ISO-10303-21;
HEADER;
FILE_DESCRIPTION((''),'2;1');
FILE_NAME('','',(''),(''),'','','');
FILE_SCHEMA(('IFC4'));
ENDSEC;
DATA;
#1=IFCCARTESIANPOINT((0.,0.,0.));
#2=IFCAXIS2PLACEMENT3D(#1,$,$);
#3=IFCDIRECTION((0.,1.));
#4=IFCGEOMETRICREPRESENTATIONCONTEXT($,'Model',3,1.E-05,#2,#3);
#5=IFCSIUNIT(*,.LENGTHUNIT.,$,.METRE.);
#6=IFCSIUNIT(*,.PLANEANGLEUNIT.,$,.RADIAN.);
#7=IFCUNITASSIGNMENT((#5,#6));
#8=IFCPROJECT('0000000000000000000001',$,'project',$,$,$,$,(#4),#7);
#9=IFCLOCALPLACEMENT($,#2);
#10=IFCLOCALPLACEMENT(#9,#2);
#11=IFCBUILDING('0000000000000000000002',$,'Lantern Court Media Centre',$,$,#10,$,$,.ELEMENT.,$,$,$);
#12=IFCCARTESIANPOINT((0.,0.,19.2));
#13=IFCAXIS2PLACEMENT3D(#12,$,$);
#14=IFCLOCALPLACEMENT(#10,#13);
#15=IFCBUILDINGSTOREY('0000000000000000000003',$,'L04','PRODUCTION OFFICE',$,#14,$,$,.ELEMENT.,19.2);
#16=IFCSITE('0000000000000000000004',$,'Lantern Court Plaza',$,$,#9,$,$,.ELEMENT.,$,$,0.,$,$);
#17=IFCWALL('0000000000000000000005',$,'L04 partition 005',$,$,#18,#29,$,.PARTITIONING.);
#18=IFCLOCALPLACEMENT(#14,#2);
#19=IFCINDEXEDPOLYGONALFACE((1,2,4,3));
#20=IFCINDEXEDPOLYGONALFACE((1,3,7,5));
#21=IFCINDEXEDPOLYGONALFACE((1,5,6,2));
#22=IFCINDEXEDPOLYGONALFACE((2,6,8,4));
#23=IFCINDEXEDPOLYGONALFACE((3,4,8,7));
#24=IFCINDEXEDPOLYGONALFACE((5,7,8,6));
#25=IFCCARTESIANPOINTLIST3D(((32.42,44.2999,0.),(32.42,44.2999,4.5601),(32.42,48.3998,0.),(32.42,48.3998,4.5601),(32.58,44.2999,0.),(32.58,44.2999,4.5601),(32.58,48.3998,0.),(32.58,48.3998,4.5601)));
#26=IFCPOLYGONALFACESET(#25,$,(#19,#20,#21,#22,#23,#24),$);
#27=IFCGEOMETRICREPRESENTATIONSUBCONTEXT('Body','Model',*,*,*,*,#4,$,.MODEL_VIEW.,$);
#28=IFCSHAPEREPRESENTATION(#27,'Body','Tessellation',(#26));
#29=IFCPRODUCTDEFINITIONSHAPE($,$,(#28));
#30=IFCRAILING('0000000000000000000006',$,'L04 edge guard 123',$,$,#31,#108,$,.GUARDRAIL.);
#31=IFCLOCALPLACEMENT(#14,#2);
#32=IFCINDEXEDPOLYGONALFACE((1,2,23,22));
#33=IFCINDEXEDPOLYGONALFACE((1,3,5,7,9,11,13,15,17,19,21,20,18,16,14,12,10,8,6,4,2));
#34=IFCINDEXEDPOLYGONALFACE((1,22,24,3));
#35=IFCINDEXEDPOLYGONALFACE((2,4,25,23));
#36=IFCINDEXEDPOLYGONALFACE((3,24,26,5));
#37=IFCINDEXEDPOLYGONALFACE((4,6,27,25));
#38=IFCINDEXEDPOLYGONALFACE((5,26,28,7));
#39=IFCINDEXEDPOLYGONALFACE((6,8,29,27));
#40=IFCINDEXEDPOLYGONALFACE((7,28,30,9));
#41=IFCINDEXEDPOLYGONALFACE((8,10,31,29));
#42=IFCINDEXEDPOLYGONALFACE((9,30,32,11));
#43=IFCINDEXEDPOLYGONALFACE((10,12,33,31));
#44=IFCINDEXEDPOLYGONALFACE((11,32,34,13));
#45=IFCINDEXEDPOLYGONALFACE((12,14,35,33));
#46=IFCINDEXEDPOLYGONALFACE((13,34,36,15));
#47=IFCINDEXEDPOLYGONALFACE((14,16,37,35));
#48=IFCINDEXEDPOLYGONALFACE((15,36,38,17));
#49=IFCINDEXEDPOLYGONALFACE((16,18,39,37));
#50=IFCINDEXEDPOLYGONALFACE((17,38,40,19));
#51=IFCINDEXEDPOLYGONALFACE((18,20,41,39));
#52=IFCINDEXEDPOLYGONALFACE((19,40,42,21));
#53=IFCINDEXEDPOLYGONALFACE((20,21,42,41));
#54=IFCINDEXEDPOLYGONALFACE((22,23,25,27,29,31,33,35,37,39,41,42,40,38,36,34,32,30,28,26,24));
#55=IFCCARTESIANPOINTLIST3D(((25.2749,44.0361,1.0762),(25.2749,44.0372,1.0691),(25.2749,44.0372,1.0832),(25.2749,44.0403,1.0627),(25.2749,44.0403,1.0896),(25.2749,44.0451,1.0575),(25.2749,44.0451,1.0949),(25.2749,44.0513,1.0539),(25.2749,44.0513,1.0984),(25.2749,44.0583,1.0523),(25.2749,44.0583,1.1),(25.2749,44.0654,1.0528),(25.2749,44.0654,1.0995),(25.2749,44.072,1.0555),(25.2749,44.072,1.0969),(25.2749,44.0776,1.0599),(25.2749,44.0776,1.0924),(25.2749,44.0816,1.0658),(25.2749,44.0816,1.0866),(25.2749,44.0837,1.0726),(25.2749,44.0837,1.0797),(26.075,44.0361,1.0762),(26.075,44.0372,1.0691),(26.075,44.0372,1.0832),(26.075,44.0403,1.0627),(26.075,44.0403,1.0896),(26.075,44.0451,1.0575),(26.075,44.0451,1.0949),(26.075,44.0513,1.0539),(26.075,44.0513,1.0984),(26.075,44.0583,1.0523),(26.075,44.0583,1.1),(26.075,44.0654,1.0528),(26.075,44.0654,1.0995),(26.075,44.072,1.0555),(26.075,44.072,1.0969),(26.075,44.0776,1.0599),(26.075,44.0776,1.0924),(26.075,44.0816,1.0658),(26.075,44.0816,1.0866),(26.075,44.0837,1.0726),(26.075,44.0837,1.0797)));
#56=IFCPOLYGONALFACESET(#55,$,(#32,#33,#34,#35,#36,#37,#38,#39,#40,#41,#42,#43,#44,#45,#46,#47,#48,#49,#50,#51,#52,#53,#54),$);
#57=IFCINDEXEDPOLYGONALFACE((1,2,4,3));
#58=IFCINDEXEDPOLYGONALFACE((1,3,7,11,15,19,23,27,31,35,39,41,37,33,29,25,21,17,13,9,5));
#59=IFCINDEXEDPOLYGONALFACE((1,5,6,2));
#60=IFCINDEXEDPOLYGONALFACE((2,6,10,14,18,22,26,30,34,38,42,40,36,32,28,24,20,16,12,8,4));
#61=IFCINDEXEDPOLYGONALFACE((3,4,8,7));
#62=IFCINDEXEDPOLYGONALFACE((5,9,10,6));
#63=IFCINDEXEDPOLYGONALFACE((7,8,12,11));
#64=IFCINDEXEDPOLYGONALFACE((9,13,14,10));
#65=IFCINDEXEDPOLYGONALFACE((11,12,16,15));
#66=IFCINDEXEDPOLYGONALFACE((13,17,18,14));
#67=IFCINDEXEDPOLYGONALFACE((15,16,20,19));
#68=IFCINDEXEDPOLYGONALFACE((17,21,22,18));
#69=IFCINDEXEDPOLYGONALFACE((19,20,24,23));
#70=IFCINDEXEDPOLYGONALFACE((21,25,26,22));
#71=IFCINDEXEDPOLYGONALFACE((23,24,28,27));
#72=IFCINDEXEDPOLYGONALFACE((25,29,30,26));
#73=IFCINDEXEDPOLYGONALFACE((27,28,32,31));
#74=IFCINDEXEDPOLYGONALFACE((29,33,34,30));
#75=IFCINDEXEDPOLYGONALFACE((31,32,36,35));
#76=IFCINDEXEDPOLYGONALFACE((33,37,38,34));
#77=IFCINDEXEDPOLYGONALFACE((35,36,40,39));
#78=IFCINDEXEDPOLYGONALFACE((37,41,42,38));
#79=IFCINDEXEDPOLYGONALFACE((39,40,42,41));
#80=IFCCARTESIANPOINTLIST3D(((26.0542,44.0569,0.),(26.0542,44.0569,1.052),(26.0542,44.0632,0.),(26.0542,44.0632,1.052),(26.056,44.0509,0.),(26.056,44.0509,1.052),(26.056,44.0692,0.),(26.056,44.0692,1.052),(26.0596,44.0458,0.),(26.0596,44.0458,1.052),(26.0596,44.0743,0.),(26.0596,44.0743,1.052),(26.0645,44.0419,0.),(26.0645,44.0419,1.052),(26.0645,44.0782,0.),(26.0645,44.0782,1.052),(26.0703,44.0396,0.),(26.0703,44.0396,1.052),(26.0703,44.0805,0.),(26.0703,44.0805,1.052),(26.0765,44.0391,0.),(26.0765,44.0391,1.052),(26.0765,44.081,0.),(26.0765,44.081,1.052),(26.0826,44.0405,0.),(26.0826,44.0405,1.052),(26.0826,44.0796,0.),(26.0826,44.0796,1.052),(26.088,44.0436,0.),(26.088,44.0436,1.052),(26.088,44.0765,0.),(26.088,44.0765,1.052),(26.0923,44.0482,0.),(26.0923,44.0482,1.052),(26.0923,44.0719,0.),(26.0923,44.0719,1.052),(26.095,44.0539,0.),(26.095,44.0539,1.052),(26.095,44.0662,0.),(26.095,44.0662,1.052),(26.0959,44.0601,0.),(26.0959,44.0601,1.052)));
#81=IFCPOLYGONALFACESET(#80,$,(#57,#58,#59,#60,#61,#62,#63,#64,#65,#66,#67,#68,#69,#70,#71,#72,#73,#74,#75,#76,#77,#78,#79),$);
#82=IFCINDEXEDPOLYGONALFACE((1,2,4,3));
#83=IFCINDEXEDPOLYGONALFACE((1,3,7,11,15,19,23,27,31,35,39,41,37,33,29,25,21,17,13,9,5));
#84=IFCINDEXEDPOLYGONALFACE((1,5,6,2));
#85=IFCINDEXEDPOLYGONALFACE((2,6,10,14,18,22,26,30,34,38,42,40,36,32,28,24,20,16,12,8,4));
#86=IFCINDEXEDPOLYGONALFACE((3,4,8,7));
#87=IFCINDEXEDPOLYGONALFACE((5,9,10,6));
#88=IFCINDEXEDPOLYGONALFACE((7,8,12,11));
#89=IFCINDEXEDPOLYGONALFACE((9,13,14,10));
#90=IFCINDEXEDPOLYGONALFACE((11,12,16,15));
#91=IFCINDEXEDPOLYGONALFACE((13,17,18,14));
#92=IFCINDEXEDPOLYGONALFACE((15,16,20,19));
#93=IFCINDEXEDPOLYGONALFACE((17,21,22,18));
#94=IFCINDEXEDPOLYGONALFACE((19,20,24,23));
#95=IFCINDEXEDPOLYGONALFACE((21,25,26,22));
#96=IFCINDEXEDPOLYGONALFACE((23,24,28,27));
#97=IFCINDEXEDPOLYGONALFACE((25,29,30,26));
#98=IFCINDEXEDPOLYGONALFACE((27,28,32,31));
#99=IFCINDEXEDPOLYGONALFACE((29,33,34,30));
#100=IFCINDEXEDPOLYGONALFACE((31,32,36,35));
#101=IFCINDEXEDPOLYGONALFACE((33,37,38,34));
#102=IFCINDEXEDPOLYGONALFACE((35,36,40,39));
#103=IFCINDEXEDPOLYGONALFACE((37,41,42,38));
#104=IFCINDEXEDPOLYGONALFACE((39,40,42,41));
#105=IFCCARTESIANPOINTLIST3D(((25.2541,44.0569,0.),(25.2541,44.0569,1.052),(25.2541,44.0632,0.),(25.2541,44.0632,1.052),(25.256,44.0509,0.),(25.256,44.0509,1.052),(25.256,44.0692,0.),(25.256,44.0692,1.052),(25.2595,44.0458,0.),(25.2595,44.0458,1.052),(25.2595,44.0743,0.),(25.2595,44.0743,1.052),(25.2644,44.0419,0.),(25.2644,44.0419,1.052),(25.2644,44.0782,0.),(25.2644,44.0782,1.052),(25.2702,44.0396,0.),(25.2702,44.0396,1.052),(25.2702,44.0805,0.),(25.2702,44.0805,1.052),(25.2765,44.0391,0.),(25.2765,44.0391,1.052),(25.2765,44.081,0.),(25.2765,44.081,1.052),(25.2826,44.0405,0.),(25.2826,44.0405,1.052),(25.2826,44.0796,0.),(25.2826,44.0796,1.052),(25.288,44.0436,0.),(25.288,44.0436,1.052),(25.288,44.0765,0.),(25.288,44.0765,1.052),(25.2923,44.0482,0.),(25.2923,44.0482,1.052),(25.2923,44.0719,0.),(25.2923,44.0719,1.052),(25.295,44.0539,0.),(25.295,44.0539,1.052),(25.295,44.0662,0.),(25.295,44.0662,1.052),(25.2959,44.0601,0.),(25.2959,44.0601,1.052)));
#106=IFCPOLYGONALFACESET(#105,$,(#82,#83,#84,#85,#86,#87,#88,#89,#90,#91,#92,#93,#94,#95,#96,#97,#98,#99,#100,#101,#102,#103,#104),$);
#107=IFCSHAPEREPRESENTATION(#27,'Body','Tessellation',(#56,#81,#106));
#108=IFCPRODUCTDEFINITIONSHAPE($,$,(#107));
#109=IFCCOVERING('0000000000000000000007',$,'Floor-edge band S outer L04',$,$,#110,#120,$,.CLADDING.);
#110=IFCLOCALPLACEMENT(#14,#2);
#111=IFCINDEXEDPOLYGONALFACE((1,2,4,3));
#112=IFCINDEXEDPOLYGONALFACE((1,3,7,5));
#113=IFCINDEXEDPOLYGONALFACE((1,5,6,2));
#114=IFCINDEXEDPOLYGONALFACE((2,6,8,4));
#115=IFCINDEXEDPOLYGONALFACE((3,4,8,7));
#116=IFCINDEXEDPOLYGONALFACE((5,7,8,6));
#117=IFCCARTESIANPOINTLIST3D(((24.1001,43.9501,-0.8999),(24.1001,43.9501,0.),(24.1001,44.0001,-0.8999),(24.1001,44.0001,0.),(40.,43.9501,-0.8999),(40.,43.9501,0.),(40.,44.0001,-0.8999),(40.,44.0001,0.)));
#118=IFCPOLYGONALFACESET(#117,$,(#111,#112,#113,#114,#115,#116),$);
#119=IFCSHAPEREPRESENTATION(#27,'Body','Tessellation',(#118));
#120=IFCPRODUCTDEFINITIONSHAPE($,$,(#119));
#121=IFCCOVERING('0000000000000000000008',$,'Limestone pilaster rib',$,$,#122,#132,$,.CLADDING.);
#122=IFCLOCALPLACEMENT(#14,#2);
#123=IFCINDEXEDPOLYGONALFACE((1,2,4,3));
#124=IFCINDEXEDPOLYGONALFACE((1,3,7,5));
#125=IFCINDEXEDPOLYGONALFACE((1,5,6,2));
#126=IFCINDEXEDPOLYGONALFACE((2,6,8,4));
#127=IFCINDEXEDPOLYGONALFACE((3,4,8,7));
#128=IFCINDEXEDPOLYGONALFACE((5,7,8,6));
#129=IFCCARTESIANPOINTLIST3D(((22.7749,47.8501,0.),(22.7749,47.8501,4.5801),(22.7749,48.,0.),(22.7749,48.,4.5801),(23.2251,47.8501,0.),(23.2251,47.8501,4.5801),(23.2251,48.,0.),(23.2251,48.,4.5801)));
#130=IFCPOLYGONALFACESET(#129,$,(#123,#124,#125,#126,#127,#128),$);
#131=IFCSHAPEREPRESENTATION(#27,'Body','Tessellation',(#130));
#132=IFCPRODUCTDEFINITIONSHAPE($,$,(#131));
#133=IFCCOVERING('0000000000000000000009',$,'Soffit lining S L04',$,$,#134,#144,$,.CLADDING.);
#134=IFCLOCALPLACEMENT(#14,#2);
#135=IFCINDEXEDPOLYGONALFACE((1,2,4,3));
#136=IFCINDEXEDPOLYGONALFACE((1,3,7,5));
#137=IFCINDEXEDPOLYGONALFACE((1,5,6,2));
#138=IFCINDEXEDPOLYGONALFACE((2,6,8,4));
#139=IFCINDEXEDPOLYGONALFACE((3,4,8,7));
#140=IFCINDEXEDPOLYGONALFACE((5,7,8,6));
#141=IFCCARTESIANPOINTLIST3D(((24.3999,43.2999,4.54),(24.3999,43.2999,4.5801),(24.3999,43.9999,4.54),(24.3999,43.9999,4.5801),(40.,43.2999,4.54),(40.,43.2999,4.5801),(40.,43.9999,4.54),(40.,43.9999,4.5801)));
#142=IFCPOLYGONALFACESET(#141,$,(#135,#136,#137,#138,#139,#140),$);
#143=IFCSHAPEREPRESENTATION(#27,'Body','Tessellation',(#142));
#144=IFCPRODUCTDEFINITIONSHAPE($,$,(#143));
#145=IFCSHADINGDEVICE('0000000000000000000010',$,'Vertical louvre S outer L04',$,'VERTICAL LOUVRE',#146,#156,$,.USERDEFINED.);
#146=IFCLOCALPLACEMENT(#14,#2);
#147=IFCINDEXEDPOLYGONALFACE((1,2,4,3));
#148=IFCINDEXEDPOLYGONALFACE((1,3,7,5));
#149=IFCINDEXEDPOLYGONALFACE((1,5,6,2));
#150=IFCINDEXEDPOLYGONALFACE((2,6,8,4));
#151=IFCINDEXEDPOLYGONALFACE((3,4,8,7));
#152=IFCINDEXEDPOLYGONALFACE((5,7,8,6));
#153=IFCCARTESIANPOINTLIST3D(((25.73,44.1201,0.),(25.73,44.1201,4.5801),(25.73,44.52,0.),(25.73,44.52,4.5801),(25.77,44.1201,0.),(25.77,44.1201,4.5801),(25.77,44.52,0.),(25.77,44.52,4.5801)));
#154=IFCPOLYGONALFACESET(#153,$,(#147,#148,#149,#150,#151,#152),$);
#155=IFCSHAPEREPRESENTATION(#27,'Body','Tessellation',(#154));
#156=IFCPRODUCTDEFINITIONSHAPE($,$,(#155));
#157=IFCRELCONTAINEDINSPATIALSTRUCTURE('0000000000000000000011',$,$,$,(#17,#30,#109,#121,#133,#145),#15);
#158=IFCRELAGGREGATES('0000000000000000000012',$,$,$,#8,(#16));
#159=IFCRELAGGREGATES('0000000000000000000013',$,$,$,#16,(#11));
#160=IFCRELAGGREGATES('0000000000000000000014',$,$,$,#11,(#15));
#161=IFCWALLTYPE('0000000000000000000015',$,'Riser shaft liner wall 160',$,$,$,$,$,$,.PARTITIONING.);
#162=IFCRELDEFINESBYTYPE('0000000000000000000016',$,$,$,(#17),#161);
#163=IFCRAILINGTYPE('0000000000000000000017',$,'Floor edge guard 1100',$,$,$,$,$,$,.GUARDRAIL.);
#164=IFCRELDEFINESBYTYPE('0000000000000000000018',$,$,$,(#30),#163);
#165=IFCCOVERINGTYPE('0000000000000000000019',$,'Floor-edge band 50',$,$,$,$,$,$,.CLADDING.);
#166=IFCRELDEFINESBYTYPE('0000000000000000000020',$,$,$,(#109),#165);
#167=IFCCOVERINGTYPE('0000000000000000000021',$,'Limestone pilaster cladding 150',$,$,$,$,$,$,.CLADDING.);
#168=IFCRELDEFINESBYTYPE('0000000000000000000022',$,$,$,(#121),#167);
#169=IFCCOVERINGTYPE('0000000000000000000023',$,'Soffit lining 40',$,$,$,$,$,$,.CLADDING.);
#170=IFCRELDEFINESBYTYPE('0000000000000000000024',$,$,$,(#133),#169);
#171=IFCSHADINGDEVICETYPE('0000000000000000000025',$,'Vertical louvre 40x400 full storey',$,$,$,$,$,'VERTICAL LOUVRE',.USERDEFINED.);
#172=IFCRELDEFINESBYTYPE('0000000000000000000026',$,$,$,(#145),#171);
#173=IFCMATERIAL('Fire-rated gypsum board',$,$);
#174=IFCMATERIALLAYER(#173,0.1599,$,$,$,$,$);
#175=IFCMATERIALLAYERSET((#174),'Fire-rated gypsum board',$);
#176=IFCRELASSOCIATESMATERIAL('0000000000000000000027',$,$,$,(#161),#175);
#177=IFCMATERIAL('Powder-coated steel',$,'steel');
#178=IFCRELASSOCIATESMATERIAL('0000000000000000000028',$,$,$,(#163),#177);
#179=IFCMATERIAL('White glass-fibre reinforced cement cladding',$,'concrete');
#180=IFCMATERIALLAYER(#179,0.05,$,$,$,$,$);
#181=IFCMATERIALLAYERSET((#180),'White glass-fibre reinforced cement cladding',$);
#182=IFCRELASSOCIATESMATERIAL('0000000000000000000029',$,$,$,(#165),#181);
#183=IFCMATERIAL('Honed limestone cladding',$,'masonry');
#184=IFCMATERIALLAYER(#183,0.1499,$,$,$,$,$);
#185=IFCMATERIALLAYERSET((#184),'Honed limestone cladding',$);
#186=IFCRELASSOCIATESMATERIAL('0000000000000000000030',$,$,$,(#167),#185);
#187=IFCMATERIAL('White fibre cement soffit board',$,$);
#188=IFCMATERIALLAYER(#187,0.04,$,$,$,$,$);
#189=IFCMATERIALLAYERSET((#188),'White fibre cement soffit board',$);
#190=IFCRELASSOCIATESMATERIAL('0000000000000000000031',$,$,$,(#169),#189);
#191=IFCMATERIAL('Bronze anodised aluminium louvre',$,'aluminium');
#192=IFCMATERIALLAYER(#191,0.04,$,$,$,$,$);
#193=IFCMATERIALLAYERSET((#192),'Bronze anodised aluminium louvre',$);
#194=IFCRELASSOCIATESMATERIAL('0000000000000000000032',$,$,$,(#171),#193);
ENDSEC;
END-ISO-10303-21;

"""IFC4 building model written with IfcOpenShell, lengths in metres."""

from ifc_helpers import new_model, si_unit, direction, frame, frame_2d, origin, origin_2d, place, context, subcontext, project, spatial, rectangle, circle, extrude, material, layer, layer_set, type_object, element, save


model = new_model("IFC4")

# Units and contexts
model_context = context("Model", 3, precision=1e-05, world=origin(), true_north=direction((0.0, 1.0)))
body_context = subcontext(model_context, "Body", "Model", "MODEL_VIEW")
ifc_project = project(units=[si_unit("LENGTHUNIT", "METRE"), si_unit("PLANEANGLEUNIT", "RADIAN")], contexts=[model_context])

# Site, building, storey
site_placement = place(None, origin())
site = spatial("IfcSite", under=ifc_project, at=site_placement, Name="Lantern Court Plaza", CompositionType="ELEMENT", RefElevation=0.0)
building_placement = place(site_placement, origin())
building = spatial("IfcBuilding", under=site, at=building_placement, Name="Lantern Court Media Centre", CompositionType="ELEMENT")
storey_placement = place(building_placement, frame((0.0, 0.0, 19.2)))
storey = spatial("IfcBuildingStorey", under=building, at=storey_placement, Name="L04", Description="PRODUCTION OFFICE", CompositionType="ELEMENT", Elevation=19.2)

# Shared definitions
ifc_material_1 = material(Name="Fire-rated gypsum board")
ifc_layer_1 = layer(ifc_material_1, 0.1599)
ifc_layer_set_1 = layer_set([ifc_layer_1], Name="Fire-rated gypsum board")
wall_type_1 = type_object("IfcWallType", Name="Riser shaft liner wall 160", PredefinedType="PARTITIONING", material=ifc_layer_set_1)

# Wall
wall_1_placement = place(storey_placement, frame((32.5, 44.3, 0.0), z_axis=(0.0, 0.0, 1.0), x_axis=(0.0, 1.0, 0.0)))
element("IfcWall", 1, at=wall_1_placement, inside=storey, type_object=wall_type_1, Name="L04 partition 005", PredefinedType="PARTITIONING", context=body_context, shape_type="SweptSolid", body=[
    extrude(rectangle(XDim=4.0999, YDim=0.1599, at=frame_2d((2.0498, 0.0))), origin(), (0.0, 0.0, 1.0), 4.5601),
])

# Railing
ifc_material_2 = material(Name="Powder-coated steel", Category="steel")
railing_type = type_object("IfcRailingType", Name="Floor edge guard 1100", PredefinedType="GUARDRAIL", material=ifc_material_2)
railing_placement = place(storey_placement, frame((26.075, 44.0601, 0.0)))
element("IfcRailing", 2, at=railing_placement, inside=storey, type_object=railing_type, Name="L04 edge guard 123", PredefinedType="GUARDRAIL", context=body_context, shape_type="SweptSolid", body=[
    extrude(circle(Radius=0.0239, at=origin_2d()), frame((0.0, 0.0, 1.0762), z_axis=(-1.0, 0.0, 0.0), x_axis=(0.0, -1.0, 0.0)), (0.0, 0.0, 1.0), 0.8),
    extrude(circle(Radius=0.021, at=origin_2d()), origin(), (0.0, 0.0, 1.0), 1.052),
    extrude(circle(Radius=0.021, at=origin_2d()), frame((-0.8, 0.0, 0.0)), (0.0, 0.0, 1.0), 1.052),
])

# Coverings
ifc_material_3 = material(Name="White glass-fibre reinforced cement cladding", Category="concrete")
ifc_layer_2 = layer(ifc_material_3, 0.05)
ifc_layer_set_2 = layer_set([ifc_layer_2], Name="White glass-fibre reinforced cement cladding")
covering_type_1 = type_object("IfcCoveringType", Name="Floor-edge band 50", PredefinedType="CLADDING", material=ifc_layer_set_2)
covering_1_placement = place(storey_placement, frame((24.1001, 43.9751, -0.8999), z_axis=(0.0, 0.0, 1.0), x_axis=(1.0, 0.0, 0.0)))
element("IfcCovering", 3, at=covering_1_placement, inside=storey, type_object=covering_type_1, Name="Floor-edge band S outer L04", PredefinedType="CLADDING", context=body_context, shape_type="SweptSolid", body=[
    extrude(rectangle(XDim=15.8999, YDim=0.05, at=frame_2d((7.95, 0.0))), origin(), (0.0, 0.0, 1.0), 0.8999),
])
ifc_material_4 = material(Name="Honed limestone cladding", Category="masonry")
ifc_layer_3 = layer(ifc_material_4, 0.1499)
ifc_layer_set_3 = layer_set([ifc_layer_3], Name="Honed limestone cladding")
covering_type_2 = type_object("IfcCoveringType", Name="Limestone pilaster cladding 150", PredefinedType="CLADDING", material=ifc_layer_set_3)
covering_2_placement = place(storey_placement, frame((22.7749, 47.925, 0.0), z_axis=(0.0, 0.0, 1.0), x_axis=(1.0, 0.0, 0.0)))
element("IfcCovering", 4, at=covering_2_placement, inside=storey, type_object=covering_type_2, Name="Limestone pilaster rib", PredefinedType="CLADDING", context=body_context, shape_type="SweptSolid", body=[
    extrude(rectangle(XDim=0.4502, YDim=0.1499, at=frame_2d((0.2251, 0.0))), origin(), (0.0, 0.0, 1.0), 4.5801),
])
ifc_material_5 = material(Name="White fibre cement soffit board")
ifc_layer_4 = layer(ifc_material_5, 0.04)
ifc_layer_set_4 = layer_set([ifc_layer_4], Name="White fibre cement soffit board")
covering_type_3 = type_object("IfcCoveringType", Name="Soffit lining 40", PredefinedType="CLADDING", material=ifc_layer_set_4)
covering_3_placement = place(storey_placement, frame((24.3999, 43.6499, 4.54), z_axis=(0.0, 0.0, 1.0), x_axis=(1.0, 0.0, 0.0)))
element("IfcCovering", 5, at=covering_3_placement, inside=storey, type_object=covering_type_3, Name="Soffit lining S L04", PredefinedType="CLADDING", context=body_context, shape_type="SweptSolid", body=[
    extrude(rectangle(XDim=15.6001, YDim=0.7, at=frame_2d((7.8, 0.0))), origin(), (0.0, 0.0, 1.0), 0.04),
])

# Shading device
ifc_material_6 = material(Name="Bronze anodised aluminium louvre", Category="aluminium")
ifc_layer_5 = layer(ifc_material_6, 0.04)
ifc_layer_set_5 = layer_set([ifc_layer_5], Name="Bronze anodised aluminium louvre")
shading_device_type = type_object("IfcShadingDeviceType", Name="Vertical louvre 40x400 full storey", ElementType="VERTICAL LOUVRE", PredefinedType="USERDEFINED", material=ifc_layer_set_5)
shading_device_placement = place(storey_placement, frame((25.75, 44.3201, 0.0), z_axis=(0.0, 0.0, 1.0), x_axis=(1.0, 0.0, 0.0)))
element("IfcShadingDevice", 6, at=shading_device_placement, inside=storey, type_object=shading_device_type, Name="Vertical louvre S outer L04", ObjectType="VERTICAL LOUVRE", PredefinedType="USERDEFINED", context=body_context, shape_type="SweptSolid", body=[
    extrude(rectangle(XDim=0.04, YDim=0.3999, at=origin_2d()), origin(), (0.0, 0.0, 1.0), 4.5801),
])

save(model, "model.ifc")
